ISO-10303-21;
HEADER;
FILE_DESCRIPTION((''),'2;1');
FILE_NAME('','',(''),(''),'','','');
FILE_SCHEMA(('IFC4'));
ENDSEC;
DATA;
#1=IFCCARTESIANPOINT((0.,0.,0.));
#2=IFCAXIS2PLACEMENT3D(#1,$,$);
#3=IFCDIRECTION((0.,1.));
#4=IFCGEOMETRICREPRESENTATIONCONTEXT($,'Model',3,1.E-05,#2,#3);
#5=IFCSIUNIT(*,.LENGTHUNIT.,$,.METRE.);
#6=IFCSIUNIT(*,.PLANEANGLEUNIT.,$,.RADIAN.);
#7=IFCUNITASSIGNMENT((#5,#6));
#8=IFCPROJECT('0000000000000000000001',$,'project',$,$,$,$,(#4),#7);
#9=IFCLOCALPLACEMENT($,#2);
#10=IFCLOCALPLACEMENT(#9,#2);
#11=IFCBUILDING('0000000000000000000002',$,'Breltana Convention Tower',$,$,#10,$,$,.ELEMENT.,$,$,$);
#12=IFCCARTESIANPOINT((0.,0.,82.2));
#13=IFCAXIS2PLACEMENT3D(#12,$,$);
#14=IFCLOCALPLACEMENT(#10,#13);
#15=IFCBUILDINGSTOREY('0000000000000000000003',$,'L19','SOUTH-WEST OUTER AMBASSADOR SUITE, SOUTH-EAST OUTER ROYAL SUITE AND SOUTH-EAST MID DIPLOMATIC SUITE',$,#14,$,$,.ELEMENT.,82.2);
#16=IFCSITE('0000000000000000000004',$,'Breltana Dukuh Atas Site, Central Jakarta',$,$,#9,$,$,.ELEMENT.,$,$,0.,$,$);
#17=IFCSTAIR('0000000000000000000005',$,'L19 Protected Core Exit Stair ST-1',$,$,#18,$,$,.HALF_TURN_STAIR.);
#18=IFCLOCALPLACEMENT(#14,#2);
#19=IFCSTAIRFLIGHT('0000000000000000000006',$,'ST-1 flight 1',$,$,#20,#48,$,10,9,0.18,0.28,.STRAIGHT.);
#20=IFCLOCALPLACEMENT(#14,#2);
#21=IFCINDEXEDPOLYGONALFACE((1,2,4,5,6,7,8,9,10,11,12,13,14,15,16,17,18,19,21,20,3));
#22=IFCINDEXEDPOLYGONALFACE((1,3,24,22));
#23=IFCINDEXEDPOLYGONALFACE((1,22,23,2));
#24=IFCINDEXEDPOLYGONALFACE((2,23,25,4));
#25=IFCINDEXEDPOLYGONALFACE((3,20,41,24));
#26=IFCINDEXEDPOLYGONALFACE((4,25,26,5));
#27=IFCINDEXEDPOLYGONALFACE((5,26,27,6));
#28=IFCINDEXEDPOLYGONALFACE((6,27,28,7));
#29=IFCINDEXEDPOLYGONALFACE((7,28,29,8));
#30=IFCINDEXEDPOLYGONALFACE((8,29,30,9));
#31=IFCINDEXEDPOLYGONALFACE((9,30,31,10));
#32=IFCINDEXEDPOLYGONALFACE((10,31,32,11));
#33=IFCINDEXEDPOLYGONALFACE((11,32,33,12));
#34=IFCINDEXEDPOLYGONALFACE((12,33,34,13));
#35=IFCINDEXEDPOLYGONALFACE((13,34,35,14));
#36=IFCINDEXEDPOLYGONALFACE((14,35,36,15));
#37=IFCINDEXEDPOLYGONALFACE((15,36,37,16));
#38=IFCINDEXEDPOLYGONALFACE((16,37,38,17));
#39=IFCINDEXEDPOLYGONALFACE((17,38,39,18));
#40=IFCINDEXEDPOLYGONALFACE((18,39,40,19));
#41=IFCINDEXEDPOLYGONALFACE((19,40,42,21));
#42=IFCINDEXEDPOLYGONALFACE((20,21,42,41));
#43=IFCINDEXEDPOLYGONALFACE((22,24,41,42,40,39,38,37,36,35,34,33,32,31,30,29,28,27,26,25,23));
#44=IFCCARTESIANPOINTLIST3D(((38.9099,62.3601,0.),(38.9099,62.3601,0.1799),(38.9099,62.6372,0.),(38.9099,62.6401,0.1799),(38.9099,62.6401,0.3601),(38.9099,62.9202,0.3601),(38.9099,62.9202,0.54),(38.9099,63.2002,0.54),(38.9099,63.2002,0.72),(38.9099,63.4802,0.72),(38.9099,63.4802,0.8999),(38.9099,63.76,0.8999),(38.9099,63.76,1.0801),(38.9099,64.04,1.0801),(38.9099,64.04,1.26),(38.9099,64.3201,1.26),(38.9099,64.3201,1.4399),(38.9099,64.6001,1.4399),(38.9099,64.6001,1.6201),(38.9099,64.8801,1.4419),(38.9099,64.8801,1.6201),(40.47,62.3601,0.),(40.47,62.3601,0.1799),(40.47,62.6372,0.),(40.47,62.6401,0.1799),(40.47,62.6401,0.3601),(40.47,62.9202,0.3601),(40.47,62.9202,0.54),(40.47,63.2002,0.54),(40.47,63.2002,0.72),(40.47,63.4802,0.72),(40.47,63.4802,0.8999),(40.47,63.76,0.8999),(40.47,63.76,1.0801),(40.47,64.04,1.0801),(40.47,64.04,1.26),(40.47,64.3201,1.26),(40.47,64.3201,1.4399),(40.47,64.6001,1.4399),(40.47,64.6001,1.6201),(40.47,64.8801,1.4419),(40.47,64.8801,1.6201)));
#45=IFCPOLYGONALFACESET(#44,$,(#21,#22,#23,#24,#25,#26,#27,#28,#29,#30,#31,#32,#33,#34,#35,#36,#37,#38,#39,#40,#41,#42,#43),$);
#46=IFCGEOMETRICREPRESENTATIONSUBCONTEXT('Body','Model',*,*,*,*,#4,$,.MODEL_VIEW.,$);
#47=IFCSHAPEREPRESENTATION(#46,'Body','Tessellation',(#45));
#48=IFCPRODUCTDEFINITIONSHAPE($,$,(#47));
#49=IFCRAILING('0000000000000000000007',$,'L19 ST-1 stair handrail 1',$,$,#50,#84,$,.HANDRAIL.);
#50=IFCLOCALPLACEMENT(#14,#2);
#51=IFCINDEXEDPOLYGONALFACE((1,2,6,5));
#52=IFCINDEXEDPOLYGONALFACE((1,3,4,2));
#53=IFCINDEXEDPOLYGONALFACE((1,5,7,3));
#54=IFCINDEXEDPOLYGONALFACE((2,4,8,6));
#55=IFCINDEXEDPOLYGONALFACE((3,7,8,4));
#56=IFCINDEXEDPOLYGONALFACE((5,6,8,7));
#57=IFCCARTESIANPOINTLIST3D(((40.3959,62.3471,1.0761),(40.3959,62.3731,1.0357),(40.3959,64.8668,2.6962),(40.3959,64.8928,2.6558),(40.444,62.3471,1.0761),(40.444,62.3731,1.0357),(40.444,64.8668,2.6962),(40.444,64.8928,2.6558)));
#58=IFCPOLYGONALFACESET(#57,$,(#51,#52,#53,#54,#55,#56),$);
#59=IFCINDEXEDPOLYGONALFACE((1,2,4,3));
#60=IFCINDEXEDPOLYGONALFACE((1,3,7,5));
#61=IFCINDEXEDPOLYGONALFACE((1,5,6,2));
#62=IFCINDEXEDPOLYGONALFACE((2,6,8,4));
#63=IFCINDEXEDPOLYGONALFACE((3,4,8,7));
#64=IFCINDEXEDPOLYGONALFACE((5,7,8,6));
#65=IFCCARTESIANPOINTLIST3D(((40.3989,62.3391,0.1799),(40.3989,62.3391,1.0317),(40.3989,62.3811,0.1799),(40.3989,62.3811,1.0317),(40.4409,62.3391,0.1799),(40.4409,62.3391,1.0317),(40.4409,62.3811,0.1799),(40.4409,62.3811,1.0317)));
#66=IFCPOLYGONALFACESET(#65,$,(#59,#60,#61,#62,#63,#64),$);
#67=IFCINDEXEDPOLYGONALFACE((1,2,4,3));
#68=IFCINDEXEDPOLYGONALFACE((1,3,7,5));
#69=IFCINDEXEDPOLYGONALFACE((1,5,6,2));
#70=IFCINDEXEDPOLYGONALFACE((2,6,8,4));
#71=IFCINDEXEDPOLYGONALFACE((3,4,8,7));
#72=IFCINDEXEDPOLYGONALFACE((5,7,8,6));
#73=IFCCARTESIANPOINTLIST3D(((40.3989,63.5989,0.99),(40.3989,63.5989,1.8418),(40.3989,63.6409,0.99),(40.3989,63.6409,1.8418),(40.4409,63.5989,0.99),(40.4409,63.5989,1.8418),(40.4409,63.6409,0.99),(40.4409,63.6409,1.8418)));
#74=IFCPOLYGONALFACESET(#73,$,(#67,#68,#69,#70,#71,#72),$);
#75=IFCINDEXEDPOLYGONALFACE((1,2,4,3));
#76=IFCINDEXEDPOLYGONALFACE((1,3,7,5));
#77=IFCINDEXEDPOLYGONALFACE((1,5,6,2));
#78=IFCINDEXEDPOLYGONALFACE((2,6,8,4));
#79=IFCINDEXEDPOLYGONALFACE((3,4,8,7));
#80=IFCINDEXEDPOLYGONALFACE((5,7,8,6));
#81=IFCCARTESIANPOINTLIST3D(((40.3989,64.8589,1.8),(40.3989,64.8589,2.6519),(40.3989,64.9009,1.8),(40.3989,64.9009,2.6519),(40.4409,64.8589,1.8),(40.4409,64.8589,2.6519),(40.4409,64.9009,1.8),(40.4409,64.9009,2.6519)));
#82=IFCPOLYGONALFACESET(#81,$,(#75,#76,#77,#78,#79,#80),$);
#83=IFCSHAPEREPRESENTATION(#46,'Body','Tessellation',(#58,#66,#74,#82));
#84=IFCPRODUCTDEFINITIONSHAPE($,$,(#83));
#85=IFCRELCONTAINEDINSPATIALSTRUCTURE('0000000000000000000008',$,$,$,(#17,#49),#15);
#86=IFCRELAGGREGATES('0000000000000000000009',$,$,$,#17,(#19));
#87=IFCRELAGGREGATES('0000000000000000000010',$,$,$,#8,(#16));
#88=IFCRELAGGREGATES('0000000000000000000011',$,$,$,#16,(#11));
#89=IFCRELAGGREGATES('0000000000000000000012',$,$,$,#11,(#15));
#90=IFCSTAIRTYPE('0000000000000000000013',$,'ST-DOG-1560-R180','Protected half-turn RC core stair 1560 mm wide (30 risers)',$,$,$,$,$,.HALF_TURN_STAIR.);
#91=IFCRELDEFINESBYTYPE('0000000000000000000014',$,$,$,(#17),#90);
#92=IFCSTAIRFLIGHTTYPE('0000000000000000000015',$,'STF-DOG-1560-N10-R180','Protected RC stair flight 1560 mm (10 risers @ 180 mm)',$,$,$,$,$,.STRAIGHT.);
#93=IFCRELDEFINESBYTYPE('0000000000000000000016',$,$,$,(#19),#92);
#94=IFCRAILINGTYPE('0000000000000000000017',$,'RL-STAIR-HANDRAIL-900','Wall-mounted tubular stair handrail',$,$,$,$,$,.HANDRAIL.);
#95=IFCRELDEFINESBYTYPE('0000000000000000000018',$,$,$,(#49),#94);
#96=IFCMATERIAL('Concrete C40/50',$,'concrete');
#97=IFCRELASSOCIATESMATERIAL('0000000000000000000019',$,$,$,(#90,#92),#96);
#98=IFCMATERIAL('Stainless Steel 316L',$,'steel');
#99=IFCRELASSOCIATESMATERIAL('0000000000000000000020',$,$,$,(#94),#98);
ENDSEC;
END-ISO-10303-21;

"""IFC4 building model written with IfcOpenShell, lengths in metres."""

from ifc_helpers import new_model, si_unit, direction, frame, origin, origin_2d, place, context, subcontext, project, spatial, polyline, rectangle, outline, extrude, material, type_object, element, aggregate, save


model = new_model("IFC4")

# Units and contexts
model_context = context("Model", 3, precision=1e-05, world=origin(), true_north=direction((0.0, 1.0)))
body_context = subcontext(model_context, "Body", "Model", "MODEL_VIEW")
ifc_project = project(units=[si_unit("LENGTHUNIT", "METRE"), si_unit("PLANEANGLEUNIT", "RADIAN")], contexts=[model_context])

# Site, building, storey
site_placement = place(None, origin())
site = spatial("IfcSite", under=ifc_project, at=site_placement, Name="Breltana Dukuh Atas Site, Central Jakarta", CompositionType="ELEMENT", RefElevation=0.0)
building_placement = place(site_placement, origin())
building = spatial("IfcBuilding", under=site, at=building_placement, Name="Breltana Convention Tower", CompositionType="ELEMENT")
storey_placement = place(building_placement, frame((0.0, 0.0, 82.2)))
storey = spatial("IfcBuildingStorey", under=building, at=storey_placement, Name="L19", Description="SOUTH-WEST OUTER AMBASSADOR SUITE, SOUTH-EAST OUTER ROYAL SUITE AND SOUTH-EAST MID DIPLOMATIC SUITE", CompositionType="ELEMENT", Elevation=82.2)

# Stair, stair flight
ifc_material_1 = material(Name="Concrete C40/50", Category="concrete")
stair_type = type_object("IfcStairType", Name="ST-DOG-1560-R180", Description="Protected half-turn RC core stair 1560 mm wide (30 risers)", PredefinedType="HALF_TURN_STAIR", material=ifc_material_1)
stair_placement = place(storey_placement, origin())
stair = element("IfcStair", 1, at=stair_placement, inside=storey, type_object=stair_type, Name="L19 Protected Core Exit Stair ST-1", PredefinedType="HALF_TURN_STAIR")
stair_flight_type = type_object("IfcStairFlightType", Name="STF-DOG-1560-N10-R180", Description="Protected RC stair flight 1560 mm (10 risers @ 180 mm)", PredefinedType="STRAIGHT", material=ifc_material_1)
stair_flight_placement = place(storey_placement, frame((39.6899, 62.3601, 0.0), z_axis=(0.0, 0.0, 1.0), x_axis=(0.0, 1.0, 0.0)))
stair_flight = element("IfcStairFlight", 2, at=stair_flight_placement, type_object=stair_flight_type, Name="ST-1 flight 1", NumberOfRisers=10, NumberOfTreads=9, PredefinedType="STRAIGHT", RiserHeight=0.18, TreadLength=0.28, context=body_context, shape_type="SweptSolid", body=[
    extrude(outline(polyline([(0.0, 0.0), (0.0, 0.1799), (0.28, 0.1799), (0.28, 0.3601), (0.5601, 0.3601), (0.5601, 0.54), (0.8401, 0.54), (0.8401, 0.72), (1.1201, 0.72), (1.1201, 0.8999), (1.3999, 0.8999), (1.3999, 1.0801), (1.6799, 1.0801), (1.6799, 1.26), (1.96, 1.26), (1.96, 1.4399), (2.24, 1.4399), (2.24, 1.6201), (2.52, 1.6201), (2.52, 1.8), (2.52, 1.4419), (0.2771, 0.0), (0.0, 0.0)])), frame((0.0, 0.78, 0.0), z_axis=(0.0, -1.0, 0.0), x_axis=(1.0, 0.0, 0.0)), (0.0, 0.0, 1.0), 1.5601),
])
aggregate(stair, [stair_flight])

# Railing
ifc_material_2 = material(Name="Stainless Steel 316L", Category="steel")
railing_type = type_object("IfcRailingType", Name="RL-STAIR-HANDRAIL-900", Description="Wall-mounted tubular stair handrail", PredefinedType="HANDRAIL", material=ifc_material_2)
railing_placement = place(storey_placement, frame((40.4199, 62.3601, 0.1799)))
element("IfcRailing", 3, at=railing_placement, inside=storey, type_object=railing_type, Name="L19 ST-1 stair handrail 1", PredefinedType="HANDRAIL", context=body_context, shape_type="SweptSolid", body=[
    extrude(rectangle(XDim=0.0481, YDim=0.0481, at=origin_2d()), frame((0.0, 0.0, 0.876), z_axis=(0.0, 0.841139, 0.540819), x_axis=(-1.0, 0.0, 0.0)), (0.0, 0.0, 1.0), 2.9956),
    extrude(rectangle(XDim=0.042, YDim=0.042, at=origin_2d()), origin(), (0.0, 0.0, 1.0), 0.8518),
    extrude(rectangle(XDim=0.042, YDim=0.042, at=origin_2d()), frame((0.0, 1.2598, 0.8101)), (0.0, 0.0, 1.0), 0.8518),
    extrude(rectangle(XDim=0.042, YDim=0.042, at=origin_2d()), frame((0.0, 2.5198, 1.6201)), (0.0, 0.0, 1.0), 0.8518),
])

save(model, "model.ifc")
